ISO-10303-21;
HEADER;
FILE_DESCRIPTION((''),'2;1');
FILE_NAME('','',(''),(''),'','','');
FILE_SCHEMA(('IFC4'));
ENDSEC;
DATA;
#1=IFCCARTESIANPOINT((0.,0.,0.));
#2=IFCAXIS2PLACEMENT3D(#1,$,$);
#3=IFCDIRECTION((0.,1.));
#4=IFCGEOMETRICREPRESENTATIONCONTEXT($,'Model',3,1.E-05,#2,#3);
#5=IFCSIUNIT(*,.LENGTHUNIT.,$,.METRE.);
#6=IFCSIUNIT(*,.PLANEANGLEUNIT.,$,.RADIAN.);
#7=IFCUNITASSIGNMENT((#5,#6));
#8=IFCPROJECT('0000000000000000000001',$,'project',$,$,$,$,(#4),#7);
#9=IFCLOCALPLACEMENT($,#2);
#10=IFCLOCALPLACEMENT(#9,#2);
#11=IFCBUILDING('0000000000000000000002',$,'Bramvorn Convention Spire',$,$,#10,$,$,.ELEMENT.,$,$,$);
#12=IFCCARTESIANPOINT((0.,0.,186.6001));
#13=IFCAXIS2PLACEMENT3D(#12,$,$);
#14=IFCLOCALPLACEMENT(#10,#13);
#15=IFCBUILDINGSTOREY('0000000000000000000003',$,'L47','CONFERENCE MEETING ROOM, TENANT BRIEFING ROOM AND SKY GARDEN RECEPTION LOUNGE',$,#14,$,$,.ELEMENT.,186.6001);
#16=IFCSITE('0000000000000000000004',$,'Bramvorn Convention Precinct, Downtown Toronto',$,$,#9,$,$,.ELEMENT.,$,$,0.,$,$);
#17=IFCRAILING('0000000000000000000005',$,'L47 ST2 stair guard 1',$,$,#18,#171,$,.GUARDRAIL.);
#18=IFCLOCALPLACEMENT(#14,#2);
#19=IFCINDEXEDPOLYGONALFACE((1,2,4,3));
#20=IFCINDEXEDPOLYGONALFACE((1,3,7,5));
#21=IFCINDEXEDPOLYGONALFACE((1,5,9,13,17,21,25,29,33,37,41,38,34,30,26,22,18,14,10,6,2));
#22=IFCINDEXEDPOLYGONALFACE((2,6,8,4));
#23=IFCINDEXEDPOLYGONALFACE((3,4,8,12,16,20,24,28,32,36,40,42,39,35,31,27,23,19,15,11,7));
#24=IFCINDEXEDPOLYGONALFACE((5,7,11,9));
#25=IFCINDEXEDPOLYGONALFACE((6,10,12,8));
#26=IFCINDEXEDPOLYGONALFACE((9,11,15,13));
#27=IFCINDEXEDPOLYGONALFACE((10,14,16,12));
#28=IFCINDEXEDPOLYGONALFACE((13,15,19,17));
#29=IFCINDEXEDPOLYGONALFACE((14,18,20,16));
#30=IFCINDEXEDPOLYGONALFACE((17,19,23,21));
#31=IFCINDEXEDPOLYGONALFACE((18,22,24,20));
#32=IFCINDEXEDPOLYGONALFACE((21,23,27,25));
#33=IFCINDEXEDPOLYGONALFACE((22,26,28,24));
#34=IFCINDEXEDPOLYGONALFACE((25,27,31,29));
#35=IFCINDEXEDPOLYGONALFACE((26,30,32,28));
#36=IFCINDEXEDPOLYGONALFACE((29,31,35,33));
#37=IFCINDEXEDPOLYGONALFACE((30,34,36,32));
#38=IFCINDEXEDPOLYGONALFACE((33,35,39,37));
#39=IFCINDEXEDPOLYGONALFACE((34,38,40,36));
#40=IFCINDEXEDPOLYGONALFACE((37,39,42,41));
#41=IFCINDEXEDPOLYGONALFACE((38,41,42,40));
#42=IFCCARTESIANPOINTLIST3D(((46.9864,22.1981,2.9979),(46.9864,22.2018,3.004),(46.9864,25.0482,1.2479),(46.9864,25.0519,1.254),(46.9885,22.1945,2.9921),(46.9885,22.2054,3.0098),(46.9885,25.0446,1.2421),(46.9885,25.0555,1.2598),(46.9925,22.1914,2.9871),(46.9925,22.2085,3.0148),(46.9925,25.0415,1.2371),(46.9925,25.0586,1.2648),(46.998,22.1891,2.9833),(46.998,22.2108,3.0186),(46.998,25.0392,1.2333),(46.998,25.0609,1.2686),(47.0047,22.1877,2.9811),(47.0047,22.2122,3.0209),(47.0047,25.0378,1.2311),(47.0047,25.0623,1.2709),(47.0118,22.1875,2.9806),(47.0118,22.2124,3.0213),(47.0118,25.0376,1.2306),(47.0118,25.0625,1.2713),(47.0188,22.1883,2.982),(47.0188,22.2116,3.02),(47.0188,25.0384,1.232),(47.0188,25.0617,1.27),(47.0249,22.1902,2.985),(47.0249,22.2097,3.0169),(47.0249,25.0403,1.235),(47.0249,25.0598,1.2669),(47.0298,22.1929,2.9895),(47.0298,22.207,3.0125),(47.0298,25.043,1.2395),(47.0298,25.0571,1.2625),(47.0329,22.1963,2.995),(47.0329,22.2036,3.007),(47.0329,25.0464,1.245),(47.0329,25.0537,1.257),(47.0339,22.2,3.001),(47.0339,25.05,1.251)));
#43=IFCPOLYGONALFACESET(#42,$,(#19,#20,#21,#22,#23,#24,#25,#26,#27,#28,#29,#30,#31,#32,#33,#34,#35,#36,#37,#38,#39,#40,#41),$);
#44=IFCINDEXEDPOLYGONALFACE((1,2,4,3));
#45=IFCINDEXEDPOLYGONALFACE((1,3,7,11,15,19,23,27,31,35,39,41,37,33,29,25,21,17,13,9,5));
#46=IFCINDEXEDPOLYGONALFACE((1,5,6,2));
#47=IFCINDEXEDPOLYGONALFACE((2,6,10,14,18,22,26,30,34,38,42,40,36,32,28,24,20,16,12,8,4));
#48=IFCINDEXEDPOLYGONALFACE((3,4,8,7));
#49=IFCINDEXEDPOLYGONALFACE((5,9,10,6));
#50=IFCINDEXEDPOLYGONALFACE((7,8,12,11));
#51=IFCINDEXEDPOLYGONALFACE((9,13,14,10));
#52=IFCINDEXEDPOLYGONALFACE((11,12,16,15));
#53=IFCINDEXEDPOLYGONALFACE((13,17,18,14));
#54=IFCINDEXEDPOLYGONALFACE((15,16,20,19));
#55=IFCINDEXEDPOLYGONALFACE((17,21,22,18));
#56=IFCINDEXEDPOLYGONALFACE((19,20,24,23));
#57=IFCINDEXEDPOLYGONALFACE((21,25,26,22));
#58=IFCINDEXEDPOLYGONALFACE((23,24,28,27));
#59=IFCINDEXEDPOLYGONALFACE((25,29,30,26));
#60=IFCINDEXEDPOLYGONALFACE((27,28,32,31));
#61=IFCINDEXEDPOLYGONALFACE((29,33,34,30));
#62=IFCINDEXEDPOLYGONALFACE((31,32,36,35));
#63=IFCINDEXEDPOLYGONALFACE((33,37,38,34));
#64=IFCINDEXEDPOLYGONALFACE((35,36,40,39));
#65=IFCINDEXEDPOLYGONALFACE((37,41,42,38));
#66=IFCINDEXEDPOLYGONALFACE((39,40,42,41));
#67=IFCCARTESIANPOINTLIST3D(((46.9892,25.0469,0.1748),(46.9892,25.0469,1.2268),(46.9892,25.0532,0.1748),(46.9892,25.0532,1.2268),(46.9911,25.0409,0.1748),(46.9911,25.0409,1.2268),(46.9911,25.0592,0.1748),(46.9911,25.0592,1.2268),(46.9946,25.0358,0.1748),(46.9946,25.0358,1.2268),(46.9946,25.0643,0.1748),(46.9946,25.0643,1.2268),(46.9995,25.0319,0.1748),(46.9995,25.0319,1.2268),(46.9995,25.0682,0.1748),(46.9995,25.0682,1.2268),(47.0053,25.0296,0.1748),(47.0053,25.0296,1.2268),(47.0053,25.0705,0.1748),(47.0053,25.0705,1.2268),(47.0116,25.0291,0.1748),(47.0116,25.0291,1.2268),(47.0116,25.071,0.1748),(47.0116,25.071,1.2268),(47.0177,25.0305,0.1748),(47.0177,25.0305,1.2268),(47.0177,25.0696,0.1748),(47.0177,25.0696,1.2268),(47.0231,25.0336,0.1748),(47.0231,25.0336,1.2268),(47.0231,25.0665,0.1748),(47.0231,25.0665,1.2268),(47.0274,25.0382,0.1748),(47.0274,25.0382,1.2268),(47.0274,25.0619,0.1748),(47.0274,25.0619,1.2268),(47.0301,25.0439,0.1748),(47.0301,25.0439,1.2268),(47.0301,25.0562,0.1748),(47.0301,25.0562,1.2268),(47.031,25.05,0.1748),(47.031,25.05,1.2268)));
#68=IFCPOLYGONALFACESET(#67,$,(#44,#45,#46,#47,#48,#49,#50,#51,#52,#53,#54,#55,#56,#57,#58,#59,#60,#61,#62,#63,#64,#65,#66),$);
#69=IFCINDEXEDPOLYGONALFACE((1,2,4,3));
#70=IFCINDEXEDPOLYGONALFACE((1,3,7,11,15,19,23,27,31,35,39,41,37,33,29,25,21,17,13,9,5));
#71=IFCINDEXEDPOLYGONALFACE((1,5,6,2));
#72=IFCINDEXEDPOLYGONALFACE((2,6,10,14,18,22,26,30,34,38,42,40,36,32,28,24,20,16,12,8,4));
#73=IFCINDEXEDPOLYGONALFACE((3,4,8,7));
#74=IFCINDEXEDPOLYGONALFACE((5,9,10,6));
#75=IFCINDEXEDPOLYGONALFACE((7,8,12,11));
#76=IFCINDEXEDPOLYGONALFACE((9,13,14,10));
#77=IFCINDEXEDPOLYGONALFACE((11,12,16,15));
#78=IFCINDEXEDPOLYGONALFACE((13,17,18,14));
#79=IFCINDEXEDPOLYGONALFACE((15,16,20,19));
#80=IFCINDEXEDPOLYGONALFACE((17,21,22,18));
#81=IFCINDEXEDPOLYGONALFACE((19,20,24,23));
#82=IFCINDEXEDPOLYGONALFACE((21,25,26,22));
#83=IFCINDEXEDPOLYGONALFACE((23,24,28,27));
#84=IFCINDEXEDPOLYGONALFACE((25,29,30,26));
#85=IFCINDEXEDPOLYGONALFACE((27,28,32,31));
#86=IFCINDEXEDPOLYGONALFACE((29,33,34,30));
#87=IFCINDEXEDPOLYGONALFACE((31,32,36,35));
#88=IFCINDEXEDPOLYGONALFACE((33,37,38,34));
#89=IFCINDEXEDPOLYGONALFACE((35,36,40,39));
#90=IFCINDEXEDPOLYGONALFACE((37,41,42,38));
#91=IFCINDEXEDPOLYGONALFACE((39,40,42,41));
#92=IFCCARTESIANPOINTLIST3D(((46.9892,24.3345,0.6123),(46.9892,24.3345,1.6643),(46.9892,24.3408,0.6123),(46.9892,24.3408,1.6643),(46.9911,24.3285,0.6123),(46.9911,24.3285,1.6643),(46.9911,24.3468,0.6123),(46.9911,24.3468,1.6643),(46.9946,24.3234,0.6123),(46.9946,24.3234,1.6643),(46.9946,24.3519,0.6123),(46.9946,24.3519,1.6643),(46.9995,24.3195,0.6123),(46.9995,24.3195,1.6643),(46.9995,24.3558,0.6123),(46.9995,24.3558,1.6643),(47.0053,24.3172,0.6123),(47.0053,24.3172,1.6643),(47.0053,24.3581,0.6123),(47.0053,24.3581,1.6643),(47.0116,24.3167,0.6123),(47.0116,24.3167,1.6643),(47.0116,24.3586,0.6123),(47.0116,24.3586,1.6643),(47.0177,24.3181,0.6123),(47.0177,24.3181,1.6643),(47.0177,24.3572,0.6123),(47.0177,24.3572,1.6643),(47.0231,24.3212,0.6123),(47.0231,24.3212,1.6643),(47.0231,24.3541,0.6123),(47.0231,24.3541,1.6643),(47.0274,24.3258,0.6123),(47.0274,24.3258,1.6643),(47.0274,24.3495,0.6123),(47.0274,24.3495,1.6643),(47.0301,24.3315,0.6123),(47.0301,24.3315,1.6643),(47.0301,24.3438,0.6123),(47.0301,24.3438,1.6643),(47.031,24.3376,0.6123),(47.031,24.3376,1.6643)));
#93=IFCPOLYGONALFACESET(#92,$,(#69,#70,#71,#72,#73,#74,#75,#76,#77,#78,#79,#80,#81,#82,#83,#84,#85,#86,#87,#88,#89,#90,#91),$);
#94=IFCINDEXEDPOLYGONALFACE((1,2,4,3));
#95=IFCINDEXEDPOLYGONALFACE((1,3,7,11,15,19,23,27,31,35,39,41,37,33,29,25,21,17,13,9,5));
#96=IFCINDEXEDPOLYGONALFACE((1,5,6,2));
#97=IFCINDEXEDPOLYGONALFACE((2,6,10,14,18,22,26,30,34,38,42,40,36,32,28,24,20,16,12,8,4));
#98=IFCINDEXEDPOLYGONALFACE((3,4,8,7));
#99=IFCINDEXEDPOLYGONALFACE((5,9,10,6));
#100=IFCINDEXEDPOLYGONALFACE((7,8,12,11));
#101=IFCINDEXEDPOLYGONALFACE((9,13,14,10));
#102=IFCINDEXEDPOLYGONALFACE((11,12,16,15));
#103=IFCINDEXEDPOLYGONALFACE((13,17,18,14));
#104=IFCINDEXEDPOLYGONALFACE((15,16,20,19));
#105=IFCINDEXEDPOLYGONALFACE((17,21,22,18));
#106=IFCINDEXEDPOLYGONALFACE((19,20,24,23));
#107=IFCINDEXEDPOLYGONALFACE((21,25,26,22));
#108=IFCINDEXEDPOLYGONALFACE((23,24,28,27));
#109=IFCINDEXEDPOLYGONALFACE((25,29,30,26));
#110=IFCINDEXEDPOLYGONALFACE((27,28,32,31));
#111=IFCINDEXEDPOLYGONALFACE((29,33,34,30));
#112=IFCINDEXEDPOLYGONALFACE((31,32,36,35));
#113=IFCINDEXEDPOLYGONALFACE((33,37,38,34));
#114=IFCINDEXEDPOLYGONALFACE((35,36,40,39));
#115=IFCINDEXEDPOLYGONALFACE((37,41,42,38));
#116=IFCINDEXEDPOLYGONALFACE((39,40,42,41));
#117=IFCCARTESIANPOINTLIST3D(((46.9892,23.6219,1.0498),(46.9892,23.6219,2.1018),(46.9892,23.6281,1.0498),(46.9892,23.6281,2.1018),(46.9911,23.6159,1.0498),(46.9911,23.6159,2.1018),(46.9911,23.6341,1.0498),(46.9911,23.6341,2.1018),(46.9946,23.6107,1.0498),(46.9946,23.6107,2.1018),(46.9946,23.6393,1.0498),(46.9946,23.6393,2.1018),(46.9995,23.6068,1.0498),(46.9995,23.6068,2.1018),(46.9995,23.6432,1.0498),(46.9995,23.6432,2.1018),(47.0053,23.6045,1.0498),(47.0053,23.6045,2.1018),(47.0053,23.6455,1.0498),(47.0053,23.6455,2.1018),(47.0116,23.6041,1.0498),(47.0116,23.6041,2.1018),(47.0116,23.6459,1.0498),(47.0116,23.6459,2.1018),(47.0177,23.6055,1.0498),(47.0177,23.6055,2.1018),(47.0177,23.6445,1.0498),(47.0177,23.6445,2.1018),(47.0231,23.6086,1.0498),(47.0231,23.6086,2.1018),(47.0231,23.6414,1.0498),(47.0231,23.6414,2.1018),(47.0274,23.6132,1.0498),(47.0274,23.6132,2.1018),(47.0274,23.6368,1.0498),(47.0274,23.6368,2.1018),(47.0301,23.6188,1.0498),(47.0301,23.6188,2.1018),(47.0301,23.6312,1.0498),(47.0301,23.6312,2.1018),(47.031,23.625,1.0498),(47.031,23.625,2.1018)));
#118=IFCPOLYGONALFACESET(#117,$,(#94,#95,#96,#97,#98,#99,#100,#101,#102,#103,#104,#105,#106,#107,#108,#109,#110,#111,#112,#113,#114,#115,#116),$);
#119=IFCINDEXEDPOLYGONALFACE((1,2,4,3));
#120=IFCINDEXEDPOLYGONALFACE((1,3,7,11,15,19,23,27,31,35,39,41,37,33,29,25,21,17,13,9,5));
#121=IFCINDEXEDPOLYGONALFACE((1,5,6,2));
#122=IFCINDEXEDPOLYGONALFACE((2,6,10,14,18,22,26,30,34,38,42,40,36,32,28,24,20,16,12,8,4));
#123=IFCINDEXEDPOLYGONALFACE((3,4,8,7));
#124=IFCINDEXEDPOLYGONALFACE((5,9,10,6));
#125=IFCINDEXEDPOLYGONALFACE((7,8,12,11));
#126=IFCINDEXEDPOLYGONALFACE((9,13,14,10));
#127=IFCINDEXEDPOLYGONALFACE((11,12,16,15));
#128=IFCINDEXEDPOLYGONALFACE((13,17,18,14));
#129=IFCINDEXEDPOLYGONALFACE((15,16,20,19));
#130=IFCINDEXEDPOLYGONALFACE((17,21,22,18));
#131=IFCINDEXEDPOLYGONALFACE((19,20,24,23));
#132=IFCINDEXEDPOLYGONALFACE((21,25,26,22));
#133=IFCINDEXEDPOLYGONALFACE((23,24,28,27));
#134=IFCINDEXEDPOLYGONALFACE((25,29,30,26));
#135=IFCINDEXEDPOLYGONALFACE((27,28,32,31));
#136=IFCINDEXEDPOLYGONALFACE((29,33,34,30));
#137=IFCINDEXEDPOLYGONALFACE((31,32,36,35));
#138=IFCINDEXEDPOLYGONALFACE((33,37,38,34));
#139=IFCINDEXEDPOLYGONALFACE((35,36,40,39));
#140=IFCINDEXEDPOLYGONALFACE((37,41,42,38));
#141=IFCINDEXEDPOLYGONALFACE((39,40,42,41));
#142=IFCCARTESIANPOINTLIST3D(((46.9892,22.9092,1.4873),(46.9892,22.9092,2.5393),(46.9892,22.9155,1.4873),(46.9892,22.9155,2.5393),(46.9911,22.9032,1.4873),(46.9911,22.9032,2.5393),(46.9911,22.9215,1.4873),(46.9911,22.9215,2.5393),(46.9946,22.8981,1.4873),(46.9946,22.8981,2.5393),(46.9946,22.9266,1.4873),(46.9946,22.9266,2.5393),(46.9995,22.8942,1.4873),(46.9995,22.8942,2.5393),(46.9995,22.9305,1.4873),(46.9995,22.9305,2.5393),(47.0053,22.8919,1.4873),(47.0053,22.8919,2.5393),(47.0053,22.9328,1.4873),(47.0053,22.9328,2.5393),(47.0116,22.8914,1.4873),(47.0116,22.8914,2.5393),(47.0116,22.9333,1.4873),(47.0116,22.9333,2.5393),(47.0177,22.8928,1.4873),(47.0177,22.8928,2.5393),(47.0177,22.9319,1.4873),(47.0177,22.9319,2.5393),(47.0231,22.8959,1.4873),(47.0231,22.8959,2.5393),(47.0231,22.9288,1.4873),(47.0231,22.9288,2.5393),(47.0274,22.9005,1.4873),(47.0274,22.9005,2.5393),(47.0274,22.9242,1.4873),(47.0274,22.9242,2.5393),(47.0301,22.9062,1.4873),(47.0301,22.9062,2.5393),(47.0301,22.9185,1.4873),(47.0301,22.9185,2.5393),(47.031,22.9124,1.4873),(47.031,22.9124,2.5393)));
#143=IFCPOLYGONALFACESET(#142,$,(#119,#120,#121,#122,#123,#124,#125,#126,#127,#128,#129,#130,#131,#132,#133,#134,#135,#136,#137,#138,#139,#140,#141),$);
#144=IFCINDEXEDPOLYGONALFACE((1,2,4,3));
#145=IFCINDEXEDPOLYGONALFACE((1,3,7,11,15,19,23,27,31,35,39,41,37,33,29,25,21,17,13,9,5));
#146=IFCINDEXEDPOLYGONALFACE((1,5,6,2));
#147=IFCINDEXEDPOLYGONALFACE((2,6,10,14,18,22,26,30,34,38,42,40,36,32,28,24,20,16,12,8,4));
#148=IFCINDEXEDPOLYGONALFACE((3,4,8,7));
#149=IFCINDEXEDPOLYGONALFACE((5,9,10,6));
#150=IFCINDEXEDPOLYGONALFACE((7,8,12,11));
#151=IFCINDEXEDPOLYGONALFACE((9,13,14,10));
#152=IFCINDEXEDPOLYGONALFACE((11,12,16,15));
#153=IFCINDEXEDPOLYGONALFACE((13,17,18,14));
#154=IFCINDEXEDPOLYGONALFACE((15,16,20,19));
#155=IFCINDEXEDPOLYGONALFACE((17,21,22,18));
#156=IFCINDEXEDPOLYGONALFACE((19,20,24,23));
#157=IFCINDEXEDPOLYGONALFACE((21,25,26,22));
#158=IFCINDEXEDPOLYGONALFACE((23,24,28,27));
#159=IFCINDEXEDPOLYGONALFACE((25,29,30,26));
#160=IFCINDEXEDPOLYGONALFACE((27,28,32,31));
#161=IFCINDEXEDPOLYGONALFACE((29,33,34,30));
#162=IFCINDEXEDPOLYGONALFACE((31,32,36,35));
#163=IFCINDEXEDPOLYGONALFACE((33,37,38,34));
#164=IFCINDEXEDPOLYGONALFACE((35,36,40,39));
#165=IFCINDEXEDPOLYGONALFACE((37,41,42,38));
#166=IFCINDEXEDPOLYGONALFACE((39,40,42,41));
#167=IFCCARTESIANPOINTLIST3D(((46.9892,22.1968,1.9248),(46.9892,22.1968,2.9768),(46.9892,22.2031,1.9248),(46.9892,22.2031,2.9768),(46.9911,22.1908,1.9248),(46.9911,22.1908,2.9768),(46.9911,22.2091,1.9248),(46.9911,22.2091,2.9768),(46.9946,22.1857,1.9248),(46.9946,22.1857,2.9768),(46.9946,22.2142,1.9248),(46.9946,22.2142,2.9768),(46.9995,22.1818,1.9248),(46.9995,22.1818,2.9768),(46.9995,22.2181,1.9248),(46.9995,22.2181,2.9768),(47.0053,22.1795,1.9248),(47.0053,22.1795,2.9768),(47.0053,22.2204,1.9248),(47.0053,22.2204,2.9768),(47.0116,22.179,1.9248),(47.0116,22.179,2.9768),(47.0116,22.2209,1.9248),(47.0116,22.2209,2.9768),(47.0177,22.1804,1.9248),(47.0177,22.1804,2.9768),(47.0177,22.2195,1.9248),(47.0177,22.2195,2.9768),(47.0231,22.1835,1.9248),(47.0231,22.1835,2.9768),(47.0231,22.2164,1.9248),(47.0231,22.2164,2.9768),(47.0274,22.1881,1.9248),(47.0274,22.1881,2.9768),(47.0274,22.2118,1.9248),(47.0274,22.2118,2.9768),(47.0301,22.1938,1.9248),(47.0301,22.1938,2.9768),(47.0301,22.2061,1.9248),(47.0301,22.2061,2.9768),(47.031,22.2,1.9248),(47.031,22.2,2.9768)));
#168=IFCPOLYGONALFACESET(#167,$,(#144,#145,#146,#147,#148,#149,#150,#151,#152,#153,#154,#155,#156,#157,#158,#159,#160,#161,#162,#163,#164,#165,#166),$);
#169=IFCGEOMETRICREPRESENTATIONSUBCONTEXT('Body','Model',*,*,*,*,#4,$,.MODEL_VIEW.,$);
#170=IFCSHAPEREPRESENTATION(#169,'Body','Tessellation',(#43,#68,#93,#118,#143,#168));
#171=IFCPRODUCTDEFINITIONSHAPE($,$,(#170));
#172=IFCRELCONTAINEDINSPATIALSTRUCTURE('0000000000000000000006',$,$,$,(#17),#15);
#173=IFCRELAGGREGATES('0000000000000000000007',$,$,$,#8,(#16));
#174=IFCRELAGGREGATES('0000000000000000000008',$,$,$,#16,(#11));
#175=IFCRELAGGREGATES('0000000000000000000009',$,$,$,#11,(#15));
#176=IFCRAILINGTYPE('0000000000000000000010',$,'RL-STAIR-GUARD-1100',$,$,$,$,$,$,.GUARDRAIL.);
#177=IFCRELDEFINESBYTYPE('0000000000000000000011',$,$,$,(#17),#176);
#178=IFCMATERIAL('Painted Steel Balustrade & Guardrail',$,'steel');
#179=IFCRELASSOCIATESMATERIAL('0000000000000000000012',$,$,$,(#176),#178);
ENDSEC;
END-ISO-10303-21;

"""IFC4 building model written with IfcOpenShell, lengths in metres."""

from ifc_helpers import new_model, si_unit, direction, frame, origin, origin_2d, place, context, subcontext, project, spatial, circle, extrude, material, type_object, element, save


model = new_model("IFC4")

# Units and contexts
model_context = context("Model", 3, precision=1e-05, world=origin(), true_north=direction((0.0, 1.0)))
body_context = subcontext(model_context, "Body", "Model", "MODEL_VIEW")
ifc_project = project(units=[si_unit("LENGTHUNIT", "METRE"), si_unit("PLANEANGLEUNIT", "RADIAN")], contexts=[model_context])

# Site, building, storey
site_placement = place(None, origin())
site = spatial("IfcSite", under=ifc_project, at=site_placement, Name="Bramvorn Convention Precinct, Downtown Toronto", CompositionType="ELEMENT", RefElevation=0.0)
building_placement = place(site_placement, origin())
building = spatial("IfcBuilding", under=site, at=building_placement, Name="Bramvorn Convention Spire", CompositionType="ELEMENT")
storey_placement = place(building_placement, frame((0.0, 0.0, 186.6001)))
storey = spatial("IfcBuildingStorey", under=building, at=storey_placement, Name="L47", Description="CONFERENCE MEETING ROOM, TENANT BRIEFING ROOM AND SKY GARDEN RECEPTION LOUNGE", CompositionType="ELEMENT", Elevation=186.6001)

# Railing
ifc_material_1 = material(Name="Painted Steel Balustrade & Guardrail", Category="steel")
railing_type_1 = type_object("IfcRailingType", Name="RL-STAIR-GUARD-1100", PredefinedType="GUARDRAIL", material=ifc_material_1)
railing_1_placement = place(storey_placement, frame((47.01, 25.05, 0.1748)))
element("IfcRailing", 1, at=railing_1_placement, inside=storey, type_object=railing_type_1, Name="L47 ST2 stair guard 1", PredefinedType="GUARDRAIL", context=body_context, shape_type="SweptSolid", body=[
    extrude(circle(Radius=0.0239, at=origin_2d()), frame((0.0, 0.0, 1.0762), z_axis=(0.0, -0.852179, 0.52325), x_axis=(1.0, 0.0, 0.0)), (0.0, 0.0, 1.0), 3.3445),
    extrude(circle(Radius=0.021, at=origin_2d()), origin(), (0.0, 0.0, 1.0), 1.052),
    extrude(circle(Radius=0.021, at=origin_2d()), frame((0.0, -0.7124, 0.4375)), (0.0, 0.0, 1.0), 1.052),
    extrude(circle(Radius=0.021, at=origin_2d()), frame((0.0, -1.425, 0.875)), (0.0, 0.0, 1.0), 1.052),
    extrude(circle(Radius=0.021, at=origin_2d()), frame((0.0, -2.1377, 1.3125)), (0.0, 0.0, 1.0), 1.052),
    extrude(circle(Radius=0.021, at=origin_2d()), frame((0.0, -2.8501, 1.75)), (0.0, 0.0, 1.0), 1.052),
])

save(model, "model.ifc")
